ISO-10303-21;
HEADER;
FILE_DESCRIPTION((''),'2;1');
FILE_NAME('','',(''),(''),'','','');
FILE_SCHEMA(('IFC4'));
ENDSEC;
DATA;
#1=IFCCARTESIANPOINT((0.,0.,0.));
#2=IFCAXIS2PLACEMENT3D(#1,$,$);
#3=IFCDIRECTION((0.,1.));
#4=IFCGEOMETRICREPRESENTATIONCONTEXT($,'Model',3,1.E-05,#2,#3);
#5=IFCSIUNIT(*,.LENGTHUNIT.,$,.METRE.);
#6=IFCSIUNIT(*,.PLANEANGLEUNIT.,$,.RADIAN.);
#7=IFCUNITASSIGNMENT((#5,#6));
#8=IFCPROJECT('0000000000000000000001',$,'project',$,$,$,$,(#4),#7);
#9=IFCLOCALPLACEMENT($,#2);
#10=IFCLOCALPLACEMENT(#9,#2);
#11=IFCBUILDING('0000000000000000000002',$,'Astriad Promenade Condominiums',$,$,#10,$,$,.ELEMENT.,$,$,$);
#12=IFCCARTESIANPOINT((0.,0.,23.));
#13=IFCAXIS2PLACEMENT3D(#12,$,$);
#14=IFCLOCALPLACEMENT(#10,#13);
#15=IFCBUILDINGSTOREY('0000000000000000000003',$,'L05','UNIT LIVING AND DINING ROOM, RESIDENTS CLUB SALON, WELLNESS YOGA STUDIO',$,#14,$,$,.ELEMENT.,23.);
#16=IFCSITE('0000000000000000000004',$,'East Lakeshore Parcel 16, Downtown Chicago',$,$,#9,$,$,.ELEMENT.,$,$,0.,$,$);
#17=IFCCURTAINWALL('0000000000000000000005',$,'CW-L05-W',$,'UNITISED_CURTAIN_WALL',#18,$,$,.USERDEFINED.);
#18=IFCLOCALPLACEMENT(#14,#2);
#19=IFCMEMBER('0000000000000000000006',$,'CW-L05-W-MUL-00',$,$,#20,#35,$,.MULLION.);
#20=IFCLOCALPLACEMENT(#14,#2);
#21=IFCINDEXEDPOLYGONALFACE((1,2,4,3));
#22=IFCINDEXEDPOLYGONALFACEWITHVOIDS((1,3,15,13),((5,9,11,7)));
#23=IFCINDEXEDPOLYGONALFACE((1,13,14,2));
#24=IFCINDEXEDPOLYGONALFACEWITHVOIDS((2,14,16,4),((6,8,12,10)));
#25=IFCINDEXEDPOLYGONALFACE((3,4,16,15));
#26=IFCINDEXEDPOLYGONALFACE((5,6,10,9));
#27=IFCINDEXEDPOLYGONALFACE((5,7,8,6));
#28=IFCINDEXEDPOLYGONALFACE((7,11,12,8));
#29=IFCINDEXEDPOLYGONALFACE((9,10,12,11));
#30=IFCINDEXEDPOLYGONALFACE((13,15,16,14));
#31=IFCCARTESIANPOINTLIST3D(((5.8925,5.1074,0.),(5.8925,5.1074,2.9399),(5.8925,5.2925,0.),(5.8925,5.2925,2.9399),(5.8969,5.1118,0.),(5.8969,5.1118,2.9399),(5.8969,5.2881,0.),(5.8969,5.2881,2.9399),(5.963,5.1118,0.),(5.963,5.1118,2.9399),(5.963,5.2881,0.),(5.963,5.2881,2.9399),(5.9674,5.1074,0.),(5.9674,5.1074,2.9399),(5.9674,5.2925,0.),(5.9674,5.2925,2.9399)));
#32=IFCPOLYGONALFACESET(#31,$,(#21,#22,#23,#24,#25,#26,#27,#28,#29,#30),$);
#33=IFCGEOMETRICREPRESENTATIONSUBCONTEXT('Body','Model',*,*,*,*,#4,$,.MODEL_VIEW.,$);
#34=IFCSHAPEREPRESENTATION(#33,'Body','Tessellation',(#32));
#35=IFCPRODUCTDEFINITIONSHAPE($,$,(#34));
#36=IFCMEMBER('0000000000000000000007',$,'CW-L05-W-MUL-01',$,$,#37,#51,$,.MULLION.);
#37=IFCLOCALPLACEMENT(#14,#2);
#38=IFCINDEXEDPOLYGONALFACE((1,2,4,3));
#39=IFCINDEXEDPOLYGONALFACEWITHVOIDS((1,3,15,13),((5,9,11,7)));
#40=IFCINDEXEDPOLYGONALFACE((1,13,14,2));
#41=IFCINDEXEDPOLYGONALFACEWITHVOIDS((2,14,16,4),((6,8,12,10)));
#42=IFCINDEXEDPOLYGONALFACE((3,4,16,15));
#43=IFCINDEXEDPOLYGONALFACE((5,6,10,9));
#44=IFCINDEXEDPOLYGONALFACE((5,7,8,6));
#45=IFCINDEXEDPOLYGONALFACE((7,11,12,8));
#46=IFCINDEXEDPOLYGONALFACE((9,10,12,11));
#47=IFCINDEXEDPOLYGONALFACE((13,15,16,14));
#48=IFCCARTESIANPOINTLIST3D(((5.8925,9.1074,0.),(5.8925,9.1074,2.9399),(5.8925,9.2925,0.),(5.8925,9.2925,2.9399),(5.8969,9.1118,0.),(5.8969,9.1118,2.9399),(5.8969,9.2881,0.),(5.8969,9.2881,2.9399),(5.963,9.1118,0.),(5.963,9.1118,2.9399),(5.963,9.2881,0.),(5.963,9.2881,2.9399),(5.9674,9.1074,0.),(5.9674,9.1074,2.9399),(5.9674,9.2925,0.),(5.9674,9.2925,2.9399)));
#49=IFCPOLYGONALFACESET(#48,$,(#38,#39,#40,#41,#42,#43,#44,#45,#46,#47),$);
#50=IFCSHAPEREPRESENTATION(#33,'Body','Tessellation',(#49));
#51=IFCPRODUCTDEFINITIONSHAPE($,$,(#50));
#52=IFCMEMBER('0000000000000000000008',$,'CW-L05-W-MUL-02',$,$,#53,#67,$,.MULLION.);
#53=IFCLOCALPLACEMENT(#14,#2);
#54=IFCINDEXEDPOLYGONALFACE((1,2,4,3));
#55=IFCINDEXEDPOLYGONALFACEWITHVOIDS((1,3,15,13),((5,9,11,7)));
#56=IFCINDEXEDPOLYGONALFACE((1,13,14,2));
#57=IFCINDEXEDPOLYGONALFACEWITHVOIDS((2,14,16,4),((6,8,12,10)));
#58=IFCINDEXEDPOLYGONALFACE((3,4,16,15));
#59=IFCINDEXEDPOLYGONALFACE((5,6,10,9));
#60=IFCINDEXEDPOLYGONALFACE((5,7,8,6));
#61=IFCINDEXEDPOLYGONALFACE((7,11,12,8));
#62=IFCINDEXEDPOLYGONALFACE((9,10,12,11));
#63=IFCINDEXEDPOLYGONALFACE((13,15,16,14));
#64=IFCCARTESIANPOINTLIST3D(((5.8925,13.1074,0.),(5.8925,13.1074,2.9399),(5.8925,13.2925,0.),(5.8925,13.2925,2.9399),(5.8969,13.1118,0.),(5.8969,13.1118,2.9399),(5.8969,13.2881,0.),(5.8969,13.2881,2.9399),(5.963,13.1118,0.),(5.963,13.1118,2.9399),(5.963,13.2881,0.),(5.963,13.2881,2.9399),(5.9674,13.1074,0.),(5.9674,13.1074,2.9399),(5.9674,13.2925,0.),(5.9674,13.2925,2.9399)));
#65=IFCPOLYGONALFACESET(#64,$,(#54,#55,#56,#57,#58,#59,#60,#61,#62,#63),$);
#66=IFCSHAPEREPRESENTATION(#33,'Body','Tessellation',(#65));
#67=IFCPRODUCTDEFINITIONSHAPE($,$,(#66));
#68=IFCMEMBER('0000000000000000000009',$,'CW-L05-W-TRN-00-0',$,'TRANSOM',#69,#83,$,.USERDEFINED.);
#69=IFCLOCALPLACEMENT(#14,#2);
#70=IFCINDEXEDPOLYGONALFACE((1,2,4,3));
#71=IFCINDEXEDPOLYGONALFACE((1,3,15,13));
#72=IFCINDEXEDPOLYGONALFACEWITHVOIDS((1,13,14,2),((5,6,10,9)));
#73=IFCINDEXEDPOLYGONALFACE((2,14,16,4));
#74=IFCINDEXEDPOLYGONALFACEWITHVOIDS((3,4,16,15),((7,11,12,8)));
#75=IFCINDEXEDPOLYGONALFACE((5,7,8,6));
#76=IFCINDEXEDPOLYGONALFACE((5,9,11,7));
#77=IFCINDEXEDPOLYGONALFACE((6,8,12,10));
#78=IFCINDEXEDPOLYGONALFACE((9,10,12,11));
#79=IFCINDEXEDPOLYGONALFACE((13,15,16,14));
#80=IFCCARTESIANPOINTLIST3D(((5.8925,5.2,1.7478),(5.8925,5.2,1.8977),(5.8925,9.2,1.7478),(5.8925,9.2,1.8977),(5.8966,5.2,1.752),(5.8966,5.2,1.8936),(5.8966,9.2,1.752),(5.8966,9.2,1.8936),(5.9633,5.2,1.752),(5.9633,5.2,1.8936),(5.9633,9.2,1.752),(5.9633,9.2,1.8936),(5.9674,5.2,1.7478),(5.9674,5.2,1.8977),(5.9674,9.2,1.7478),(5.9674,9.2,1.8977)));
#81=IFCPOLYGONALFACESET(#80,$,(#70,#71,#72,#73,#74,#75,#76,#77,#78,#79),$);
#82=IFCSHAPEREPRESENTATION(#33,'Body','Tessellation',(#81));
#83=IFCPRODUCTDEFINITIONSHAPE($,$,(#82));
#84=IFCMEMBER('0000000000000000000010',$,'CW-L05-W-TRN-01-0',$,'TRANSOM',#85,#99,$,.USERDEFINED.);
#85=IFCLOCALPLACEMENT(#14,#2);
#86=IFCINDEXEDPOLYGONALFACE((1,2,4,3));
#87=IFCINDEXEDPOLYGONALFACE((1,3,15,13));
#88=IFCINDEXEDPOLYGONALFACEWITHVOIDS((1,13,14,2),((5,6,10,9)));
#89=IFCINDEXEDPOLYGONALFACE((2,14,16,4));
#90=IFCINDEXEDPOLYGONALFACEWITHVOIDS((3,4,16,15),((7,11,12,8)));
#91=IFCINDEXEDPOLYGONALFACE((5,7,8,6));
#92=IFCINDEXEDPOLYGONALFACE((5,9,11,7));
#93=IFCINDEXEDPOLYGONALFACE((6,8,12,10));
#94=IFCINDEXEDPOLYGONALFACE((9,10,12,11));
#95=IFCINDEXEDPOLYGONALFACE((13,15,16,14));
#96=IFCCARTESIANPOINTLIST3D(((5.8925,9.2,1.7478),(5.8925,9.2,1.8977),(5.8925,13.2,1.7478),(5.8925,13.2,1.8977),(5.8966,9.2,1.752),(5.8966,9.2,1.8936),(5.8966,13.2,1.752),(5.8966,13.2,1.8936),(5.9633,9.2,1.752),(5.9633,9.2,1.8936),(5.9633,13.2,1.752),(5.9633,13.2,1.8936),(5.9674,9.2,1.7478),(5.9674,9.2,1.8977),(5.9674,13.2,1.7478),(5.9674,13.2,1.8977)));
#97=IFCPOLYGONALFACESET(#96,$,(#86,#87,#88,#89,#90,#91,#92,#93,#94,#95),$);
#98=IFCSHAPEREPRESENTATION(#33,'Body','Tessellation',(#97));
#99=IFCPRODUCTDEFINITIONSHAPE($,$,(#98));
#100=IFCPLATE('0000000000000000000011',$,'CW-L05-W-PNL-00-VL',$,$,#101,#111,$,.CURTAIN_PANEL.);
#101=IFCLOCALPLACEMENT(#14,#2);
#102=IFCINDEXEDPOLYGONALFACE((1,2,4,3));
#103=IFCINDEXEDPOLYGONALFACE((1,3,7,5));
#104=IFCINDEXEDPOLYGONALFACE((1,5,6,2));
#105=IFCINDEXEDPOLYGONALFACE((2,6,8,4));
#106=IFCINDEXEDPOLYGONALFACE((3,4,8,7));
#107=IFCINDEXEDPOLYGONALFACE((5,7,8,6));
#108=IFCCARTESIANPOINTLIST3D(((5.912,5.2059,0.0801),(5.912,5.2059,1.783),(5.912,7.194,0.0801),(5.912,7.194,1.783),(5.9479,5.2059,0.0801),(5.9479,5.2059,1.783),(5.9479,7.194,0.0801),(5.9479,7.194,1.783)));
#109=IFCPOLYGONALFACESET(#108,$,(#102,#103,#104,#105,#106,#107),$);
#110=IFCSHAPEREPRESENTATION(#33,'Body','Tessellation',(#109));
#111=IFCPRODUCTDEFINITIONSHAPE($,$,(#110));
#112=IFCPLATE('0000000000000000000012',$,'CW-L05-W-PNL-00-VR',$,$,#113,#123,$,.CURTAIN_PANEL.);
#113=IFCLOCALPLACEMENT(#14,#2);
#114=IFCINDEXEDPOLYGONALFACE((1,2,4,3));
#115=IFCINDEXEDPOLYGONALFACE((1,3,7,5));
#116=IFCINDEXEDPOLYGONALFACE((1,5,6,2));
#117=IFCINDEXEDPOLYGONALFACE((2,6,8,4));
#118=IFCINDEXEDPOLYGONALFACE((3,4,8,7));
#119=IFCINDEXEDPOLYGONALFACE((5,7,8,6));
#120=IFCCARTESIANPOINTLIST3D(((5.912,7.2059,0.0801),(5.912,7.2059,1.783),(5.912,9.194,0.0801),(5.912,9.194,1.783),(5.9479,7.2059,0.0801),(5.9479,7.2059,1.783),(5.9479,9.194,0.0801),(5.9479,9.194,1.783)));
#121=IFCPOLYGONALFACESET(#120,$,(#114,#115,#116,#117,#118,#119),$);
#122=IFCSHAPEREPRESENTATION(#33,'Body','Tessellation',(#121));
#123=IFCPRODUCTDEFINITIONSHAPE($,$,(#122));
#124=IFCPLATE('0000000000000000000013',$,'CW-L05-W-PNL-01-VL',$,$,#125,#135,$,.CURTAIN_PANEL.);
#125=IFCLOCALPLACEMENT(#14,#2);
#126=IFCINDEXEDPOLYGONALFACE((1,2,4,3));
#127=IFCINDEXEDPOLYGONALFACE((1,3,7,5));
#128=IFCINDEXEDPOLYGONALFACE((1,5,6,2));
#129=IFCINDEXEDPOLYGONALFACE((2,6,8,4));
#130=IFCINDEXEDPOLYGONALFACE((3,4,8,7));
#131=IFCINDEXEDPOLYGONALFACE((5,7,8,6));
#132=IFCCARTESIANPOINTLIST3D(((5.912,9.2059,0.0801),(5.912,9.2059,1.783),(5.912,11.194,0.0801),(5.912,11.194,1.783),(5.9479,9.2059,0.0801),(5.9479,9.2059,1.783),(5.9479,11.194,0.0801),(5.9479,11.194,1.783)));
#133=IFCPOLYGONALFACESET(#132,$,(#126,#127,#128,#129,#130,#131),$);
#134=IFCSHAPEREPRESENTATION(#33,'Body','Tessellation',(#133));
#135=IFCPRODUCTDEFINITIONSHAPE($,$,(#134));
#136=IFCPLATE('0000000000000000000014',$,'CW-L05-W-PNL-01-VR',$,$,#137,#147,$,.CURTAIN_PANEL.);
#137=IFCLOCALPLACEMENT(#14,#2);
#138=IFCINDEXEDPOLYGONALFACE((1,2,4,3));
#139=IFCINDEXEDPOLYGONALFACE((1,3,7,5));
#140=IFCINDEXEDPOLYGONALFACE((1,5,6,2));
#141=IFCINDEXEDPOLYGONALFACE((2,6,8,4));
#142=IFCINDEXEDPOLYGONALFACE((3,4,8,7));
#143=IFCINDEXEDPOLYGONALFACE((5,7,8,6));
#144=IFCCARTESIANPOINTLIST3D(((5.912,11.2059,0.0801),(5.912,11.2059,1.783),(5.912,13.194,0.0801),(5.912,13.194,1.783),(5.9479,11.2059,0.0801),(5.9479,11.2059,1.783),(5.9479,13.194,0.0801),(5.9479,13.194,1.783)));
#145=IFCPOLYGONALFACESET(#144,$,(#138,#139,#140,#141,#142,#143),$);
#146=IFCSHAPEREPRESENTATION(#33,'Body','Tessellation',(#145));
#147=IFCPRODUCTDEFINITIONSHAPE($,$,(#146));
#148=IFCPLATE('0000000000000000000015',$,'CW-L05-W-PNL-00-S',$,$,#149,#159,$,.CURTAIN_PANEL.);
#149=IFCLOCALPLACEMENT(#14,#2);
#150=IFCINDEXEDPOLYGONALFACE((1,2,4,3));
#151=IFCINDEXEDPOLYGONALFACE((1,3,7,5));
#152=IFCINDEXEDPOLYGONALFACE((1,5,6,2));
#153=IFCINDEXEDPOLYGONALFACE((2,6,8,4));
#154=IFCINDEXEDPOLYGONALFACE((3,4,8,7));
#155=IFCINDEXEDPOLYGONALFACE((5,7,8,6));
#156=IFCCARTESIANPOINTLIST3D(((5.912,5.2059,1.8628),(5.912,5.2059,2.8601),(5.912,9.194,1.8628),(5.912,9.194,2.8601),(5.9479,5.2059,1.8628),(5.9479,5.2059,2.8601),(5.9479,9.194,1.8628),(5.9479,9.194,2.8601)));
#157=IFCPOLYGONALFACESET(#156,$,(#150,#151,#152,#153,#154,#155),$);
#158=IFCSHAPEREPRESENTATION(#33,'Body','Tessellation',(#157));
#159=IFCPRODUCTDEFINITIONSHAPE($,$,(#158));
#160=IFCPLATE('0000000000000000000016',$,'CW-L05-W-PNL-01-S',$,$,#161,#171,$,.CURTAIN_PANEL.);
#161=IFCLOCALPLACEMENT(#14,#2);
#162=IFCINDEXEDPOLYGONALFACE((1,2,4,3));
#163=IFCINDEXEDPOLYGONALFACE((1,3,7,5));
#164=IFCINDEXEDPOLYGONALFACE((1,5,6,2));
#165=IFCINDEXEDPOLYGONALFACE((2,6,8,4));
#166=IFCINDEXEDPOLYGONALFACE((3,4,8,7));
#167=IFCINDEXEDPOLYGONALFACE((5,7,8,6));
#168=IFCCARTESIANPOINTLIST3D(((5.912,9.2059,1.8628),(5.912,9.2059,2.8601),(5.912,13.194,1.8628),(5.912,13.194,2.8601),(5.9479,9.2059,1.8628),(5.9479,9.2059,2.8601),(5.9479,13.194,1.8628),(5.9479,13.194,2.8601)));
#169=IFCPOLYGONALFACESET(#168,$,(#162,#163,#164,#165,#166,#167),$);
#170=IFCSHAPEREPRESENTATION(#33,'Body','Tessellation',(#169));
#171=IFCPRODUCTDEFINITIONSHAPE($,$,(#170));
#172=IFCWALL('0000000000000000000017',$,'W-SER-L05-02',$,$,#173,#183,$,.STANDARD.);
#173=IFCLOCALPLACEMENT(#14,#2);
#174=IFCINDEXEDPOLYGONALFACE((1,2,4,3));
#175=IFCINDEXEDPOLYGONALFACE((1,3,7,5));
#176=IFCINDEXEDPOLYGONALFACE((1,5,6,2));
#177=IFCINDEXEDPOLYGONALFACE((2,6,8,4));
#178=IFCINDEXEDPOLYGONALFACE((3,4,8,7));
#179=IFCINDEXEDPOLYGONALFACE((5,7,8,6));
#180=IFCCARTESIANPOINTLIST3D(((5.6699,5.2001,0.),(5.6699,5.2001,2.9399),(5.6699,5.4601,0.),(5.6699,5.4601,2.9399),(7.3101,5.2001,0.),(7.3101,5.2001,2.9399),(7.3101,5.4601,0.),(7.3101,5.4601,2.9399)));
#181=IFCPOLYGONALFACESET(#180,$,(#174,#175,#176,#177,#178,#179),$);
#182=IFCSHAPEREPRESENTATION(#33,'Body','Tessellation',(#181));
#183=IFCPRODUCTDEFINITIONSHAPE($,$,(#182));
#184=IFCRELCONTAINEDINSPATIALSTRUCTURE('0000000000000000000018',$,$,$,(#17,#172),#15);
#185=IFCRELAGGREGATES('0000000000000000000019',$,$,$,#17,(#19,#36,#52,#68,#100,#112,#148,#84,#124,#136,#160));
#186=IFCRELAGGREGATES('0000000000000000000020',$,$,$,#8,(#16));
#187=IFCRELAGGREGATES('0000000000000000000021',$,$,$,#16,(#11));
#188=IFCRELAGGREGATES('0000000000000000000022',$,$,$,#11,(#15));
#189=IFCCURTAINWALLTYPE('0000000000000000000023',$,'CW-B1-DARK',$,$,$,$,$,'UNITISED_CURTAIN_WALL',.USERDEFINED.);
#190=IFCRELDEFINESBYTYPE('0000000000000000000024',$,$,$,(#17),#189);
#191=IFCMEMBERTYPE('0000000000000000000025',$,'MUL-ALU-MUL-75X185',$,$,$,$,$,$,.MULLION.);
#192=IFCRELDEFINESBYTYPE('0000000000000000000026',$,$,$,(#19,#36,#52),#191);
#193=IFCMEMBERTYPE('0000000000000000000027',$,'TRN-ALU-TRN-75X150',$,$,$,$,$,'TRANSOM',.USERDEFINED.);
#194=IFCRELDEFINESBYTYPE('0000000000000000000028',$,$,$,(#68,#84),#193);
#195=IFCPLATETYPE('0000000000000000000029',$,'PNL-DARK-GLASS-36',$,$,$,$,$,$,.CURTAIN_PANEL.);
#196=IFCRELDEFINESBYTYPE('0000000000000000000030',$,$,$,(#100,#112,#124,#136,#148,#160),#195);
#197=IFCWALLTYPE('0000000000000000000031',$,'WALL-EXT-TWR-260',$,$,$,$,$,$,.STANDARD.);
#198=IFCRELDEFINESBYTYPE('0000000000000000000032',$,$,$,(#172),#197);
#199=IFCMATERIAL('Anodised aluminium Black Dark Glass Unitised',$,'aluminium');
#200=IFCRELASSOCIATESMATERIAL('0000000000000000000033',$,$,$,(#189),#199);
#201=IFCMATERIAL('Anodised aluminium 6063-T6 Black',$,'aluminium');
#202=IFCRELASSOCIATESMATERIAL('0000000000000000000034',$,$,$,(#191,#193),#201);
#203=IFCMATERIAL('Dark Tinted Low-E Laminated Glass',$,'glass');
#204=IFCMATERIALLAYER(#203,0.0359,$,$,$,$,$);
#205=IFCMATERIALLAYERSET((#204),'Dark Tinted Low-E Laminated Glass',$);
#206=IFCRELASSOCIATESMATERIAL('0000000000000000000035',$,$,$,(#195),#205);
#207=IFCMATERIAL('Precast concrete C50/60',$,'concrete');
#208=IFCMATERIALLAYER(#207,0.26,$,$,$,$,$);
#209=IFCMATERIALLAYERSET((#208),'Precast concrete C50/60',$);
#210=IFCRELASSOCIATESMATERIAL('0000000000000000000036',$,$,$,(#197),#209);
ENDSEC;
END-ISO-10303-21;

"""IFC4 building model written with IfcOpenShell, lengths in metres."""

from ifc_helpers import new_model, si_unit, direction, frame, frame_2d, origin, origin_2d, place, context, subcontext, project, spatial, rectangle, hollow_rectangle, extrude, source, transform, mapped, material, layer, layer_set, material_profile, profile_set, type_object, type_shapes, element, aggregate, save


model = new_model("IFC4")

# Units and contexts
model_context = context("Model", 3, precision=1e-05, world=origin(), true_north=direction((0.0, 1.0)))
body_context = subcontext(model_context, "Body", "Model", "MODEL_VIEW")
ifc_project = project(units=[si_unit("LENGTHUNIT", "METRE"), si_unit("PLANEANGLEUNIT", "RADIAN")], contexts=[model_context])

# Site, building, storey
site_placement = place(None, origin())
site = spatial("IfcSite", under=ifc_project, at=site_placement, Name="East Lakeshore Parcel 16, Downtown Chicago", CompositionType="ELEMENT", RefElevation=0.0)
building_placement = place(site_placement, origin())
building = spatial("IfcBuilding", under=site, at=building_placement, Name="Astriad Promenade Condominiums", CompositionType="ELEMENT")
storey_placement = place(building_placement, frame((0.0, 0.0, 23.0)))
storey = spatial("IfcBuildingStorey", under=building, at=storey_placement, Name="L05", Description="UNIT LIVING AND DINING ROOM, RESIDENTS CLUB SALON, WELLNESS YOGA STUDIO", CompositionType="ELEMENT", Elevation=23.0)

# Curtain wall, members, plates
ifc_material_1 = material(Name="Anodised aluminium Black Dark Glass Unitised", Category="aluminium")
curtain_wall_type = type_object("IfcCurtainWallType", Name="CW-B1-DARK", ElementType="UNITISED_CURTAIN_WALL", PredefinedType="USERDEFINED", material=ifc_material_1)
curtain_wall_placement = place(storey_placement, origin())
curtain_wall = element("IfcCurtainWall", 1, at=curtain_wall_placement, inside=storey, type_object=curtain_wall_type, Name="CW-L05-W", ObjectType="UNITISED_CURTAIN_WALL", PredefinedType="USERDEFINED")
ifc_material_2 = material(Name="Anodised aluminium 6063-T6 Black", Category="aluminium")
ifc_material_profile_1 = material_profile(ifc_material_2, hollow_rectangle(XDim=0.075, YDim=0.1851, WallThickness=0.0044, at=origin_2d()), Name="ALU-MUL-75X185")
ifc_profile_set_1 = profile_set([ifc_material_profile_1], Name="Anodised aluminium 6063-T6 Black")
member_type_1 = type_object("IfcMemberType", Name="MUL-ALU-MUL-75X185", PredefinedType="MULLION", material=ifc_profile_set_1)
shared_shape_1 = source(origin(), body_context, "Body", "SweptSolid", [
    extrude(hollow_rectangle(XDim=0.075, YDim=0.1851, WallThickness=0.0044, at=origin_2d()), origin(), (0.0, 0.0, 1.0), 2.9399),
])
type_shapes(member_type_1, [shared_shape_1])
member_1_placement = place(storey_placement, frame((5.9299, 5.2, 0.0), z_axis=(0.0, 0.0, 1.0), x_axis=(1.0, 0.0, 0.0)))
member_1 = element("IfcMember", 2, at=member_1_placement, type_object=member_type_1, Name="CW-L05-W-MUL-00", PredefinedType="MULLION", context=body_context, shape_type="MappedRepresentation", body=[
    mapped(shared_shape_1, transform((0.0, 0.0, 0.0), scale=1.0)),
])
member_2_placement = place(storey_placement, frame((5.9299, 9.2, 0.0), z_axis=(0.0, 0.0, 1.0), x_axis=(1.0, 0.0, 0.0)))
member_2 = element("IfcMember", 3, at=member_2_placement, type_object=member_type_1, Name="CW-L05-W-MUL-01", PredefinedType="MULLION", context=body_context, shape_type="MappedRepresentation", body=[
    mapped(shared_shape_1, transform((0.0, 0.0, 0.0), scale=1.0)),
])
member_3_placement = place(storey_placement, frame((5.9299, 13.2, 0.0), z_axis=(0.0, 0.0, 1.0), x_axis=(1.0, 0.0, 0.0)))
member_3 = element("IfcMember", 4, at=member_3_placement, type_object=member_type_1, Name="CW-L05-W-MUL-02", PredefinedType="MULLION", context=body_context, shape_type="MappedRepresentation", body=[
    mapped(shared_shape_1, transform((0.0, 0.0, 0.0), scale=1.0)),
])
ifc_material_profile_2 = material_profile(ifc_material_2, hollow_rectangle(XDim=0.075, YDim=0.1499, WallThickness=0.0042, at=origin_2d()), Name="ALU-TRN-75X150")
ifc_profile_set_2 = profile_set([ifc_material_profile_2], Name="Anodised aluminium 6063-T6 Black")
member_type_2 = type_object("IfcMemberType", Name="TRN-ALU-TRN-75X150", ElementType="TRANSOM", PredefinedType="USERDEFINED", material=ifc_profile_set_2)
shared_shape_2 = source(origin(), body_context, "Body", "SweptSolid", [
    extrude(hollow_rectangle(XDim=0.075, YDim=0.1499, WallThickness=0.0042, at=origin_2d()), origin(), (0.0, 0.0, 1.0), 4.0),
])
type_shapes(member_type_2, [shared_shape_2])
member_4_placement = place(storey_placement, frame((5.9299, 5.2, 1.8228), z_axis=(0.0, 1.0, 0.0), x_axis=(-1.0, 0.0, 0.0)))
member_4 = element("IfcMember", 5, at=member_4_placement, type_object=member_type_2, Name="CW-L05-W-TRN-00-0", ObjectType="TRANSOM", PredefinedType="USERDEFINED", context=body_context, shape_type="MappedRepresentation", body=[
    mapped(shared_shape_2, transform((0.0, 0.0, 0.0), scale=1.0)),
])
member_5_placement = place(storey_placement, frame((5.9299, 9.2, 1.8228), z_axis=(0.0, 1.0, 0.0), x_axis=(-1.0, 0.0, 0.0)))
member_5 = element("IfcMember", 6, at=member_5_placement, type_object=member_type_2, Name="CW-L05-W-TRN-01-0", ObjectType="TRANSOM", PredefinedType="USERDEFINED", context=body_context, shape_type="MappedRepresentation", body=[
    mapped(shared_shape_2, transform((0.0, 0.0, 0.0), scale=1.0)),
])
ifc_material_3 = material(Name="Dark Tinted Low-E Laminated Glass", Category="glass")
ifc_layer_1 = layer(ifc_material_3, 0.0359)
ifc_layer_set_1 = layer_set([ifc_layer_1], Name="Dark Tinted Low-E Laminated Glass")
plate_type = type_object("IfcPlateType", Name="PNL-DARK-GLASS-36", PredefinedType="CURTAIN_PANEL", material=ifc_layer_set_1)
shared_shape_3 = source(origin(), body_context, "Body", "SweptSolid", [
    extrude(rectangle(XDim=1.988, YDim=0.0359, at=origin_2d()), origin(), (0.0, 0.0, 1.0), 1.7029),
])
plate_1_placement = place(storey_placement, frame((5.9299, 6.2, 0.0801), z_axis=(0.0, 0.0, 1.0), x_axis=(0.0, 1.0, 0.0)))
plate_1 = element("IfcPlate", 7, at=plate_1_placement, type_object=plate_type, Name="CW-L05-W-PNL-00-VL", PredefinedType="CURTAIN_PANEL", context=body_context, shape_type="MappedRepresentation", body=[
    mapped(shared_shape_3, transform((0.0, 0.0, 0.0), scale=1.0)),
])
plate_2_placement = place(storey_placement, frame((5.9299, 8.2, 0.0801), z_axis=(0.0, 0.0, 1.0), x_axis=(0.0, 1.0, 0.0)))
plate_2 = element("IfcPlate", 8, at=plate_2_placement, type_object=plate_type, Name="CW-L05-W-PNL-00-VR", PredefinedType="CURTAIN_PANEL", context=body_context, shape_type="MappedRepresentation", body=[
    mapped(shared_shape_3, transform((0.0, 0.0, 0.0), scale=1.0)),
])
plate_3_placement = place(storey_placement, frame((5.9299, 10.2, 0.0801), z_axis=(0.0, 0.0, 1.0), x_axis=(0.0, 1.0, 0.0)))
plate_3 = element("IfcPlate", 9, at=plate_3_placement, type_object=plate_type, Name="CW-L05-W-PNL-01-VL", PredefinedType="CURTAIN_PANEL", context=body_context, shape_type="MappedRepresentation", body=[
    mapped(shared_shape_3, transform((0.0, 0.0, 0.0), scale=1.0)),
])
plate_4_placement = place(storey_placement, frame((5.9299, 12.2, 0.0801), z_axis=(0.0, 0.0, 1.0), x_axis=(0.0, 1.0, 0.0)))
plate_4 = element("IfcPlate", 10, at=plate_4_placement, type_object=plate_type, Name="CW-L05-W-PNL-01-VR", PredefinedType="CURTAIN_PANEL", context=body_context, shape_type="MappedRepresentation", body=[
    mapped(shared_shape_3, transform((0.0, 0.0, 0.0), scale=1.0)),
])
shared_shape_4 = source(origin(), body_context, "Body", "SweptSolid", [
    extrude(rectangle(XDim=3.988, YDim=0.0359, at=origin_2d()), origin(), (0.0, 0.0, 1.0), 0.9973),
])
type_shapes(plate_type, [shared_shape_3, shared_shape_4])
plate_5_placement = place(storey_placement, frame((5.9299, 7.2, 1.8628), z_axis=(0.0, 0.0, 1.0), x_axis=(0.0, 1.0, 0.0)))
plate_5 = element("IfcPlate", 11, at=plate_5_placement, type_object=plate_type, Name="CW-L05-W-PNL-00-S", PredefinedType="CURTAIN_PANEL", context=body_context, shape_type="MappedRepresentation", body=[
    mapped(shared_shape_4, transform((0.0, 0.0, 0.0), scale=1.0)),
])
plate_6_placement = place(storey_placement, frame((5.9299, 11.2, 1.8628), z_axis=(0.0, 0.0, 1.0), x_axis=(0.0, 1.0, 0.0)))
plate_6 = element("IfcPlate", 12, at=plate_6_placement, type_object=plate_type, Name="CW-L05-W-PNL-01-S", PredefinedType="CURTAIN_PANEL", context=body_context, shape_type="MappedRepresentation", body=[
    mapped(shared_shape_4, transform((0.0, 0.0, 0.0), scale=1.0)),
])
aggregate(curtain_wall, [member_1, member_2, member_3, member_4, plate_1, plate_2, plate_5, member_5, plate_3, plate_4, plate_6])

# Wall
ifc_material_4 = material(Name="Precast concrete C50/60", Category="concrete")
ifc_layer_2 = layer(ifc_material_4, 0.26)
ifc_layer_set_2 = layer_set([ifc_layer_2], Name="Precast concrete C50/60")
wall_type_1 = type_object("IfcWallType", Name="WALL-EXT-TWR-260", PredefinedType="STANDARD", material=ifc_layer_set_2)
wall_1_placement = place(storey_placement, frame((7.3101, 5.3301, 0.0), z_axis=(0.0, 0.0, 1.0), x_axis=(-1.0, 0.0, 0.0)))
element("IfcWall", 13, at=wall_1_placement, inside=storey, type_object=wall_type_1, Name="W-SER-L05-02", PredefinedType="STANDARD", context=body_context, shape_type="SweptSolid", body=[
    extrude(rectangle(XDim=1.6401, YDim=0.26, at=frame_2d((0.8201, 0.0))), origin(), (0.0, 0.0, 1.0), 2.9399),
])

save(model, "model.ifc")
